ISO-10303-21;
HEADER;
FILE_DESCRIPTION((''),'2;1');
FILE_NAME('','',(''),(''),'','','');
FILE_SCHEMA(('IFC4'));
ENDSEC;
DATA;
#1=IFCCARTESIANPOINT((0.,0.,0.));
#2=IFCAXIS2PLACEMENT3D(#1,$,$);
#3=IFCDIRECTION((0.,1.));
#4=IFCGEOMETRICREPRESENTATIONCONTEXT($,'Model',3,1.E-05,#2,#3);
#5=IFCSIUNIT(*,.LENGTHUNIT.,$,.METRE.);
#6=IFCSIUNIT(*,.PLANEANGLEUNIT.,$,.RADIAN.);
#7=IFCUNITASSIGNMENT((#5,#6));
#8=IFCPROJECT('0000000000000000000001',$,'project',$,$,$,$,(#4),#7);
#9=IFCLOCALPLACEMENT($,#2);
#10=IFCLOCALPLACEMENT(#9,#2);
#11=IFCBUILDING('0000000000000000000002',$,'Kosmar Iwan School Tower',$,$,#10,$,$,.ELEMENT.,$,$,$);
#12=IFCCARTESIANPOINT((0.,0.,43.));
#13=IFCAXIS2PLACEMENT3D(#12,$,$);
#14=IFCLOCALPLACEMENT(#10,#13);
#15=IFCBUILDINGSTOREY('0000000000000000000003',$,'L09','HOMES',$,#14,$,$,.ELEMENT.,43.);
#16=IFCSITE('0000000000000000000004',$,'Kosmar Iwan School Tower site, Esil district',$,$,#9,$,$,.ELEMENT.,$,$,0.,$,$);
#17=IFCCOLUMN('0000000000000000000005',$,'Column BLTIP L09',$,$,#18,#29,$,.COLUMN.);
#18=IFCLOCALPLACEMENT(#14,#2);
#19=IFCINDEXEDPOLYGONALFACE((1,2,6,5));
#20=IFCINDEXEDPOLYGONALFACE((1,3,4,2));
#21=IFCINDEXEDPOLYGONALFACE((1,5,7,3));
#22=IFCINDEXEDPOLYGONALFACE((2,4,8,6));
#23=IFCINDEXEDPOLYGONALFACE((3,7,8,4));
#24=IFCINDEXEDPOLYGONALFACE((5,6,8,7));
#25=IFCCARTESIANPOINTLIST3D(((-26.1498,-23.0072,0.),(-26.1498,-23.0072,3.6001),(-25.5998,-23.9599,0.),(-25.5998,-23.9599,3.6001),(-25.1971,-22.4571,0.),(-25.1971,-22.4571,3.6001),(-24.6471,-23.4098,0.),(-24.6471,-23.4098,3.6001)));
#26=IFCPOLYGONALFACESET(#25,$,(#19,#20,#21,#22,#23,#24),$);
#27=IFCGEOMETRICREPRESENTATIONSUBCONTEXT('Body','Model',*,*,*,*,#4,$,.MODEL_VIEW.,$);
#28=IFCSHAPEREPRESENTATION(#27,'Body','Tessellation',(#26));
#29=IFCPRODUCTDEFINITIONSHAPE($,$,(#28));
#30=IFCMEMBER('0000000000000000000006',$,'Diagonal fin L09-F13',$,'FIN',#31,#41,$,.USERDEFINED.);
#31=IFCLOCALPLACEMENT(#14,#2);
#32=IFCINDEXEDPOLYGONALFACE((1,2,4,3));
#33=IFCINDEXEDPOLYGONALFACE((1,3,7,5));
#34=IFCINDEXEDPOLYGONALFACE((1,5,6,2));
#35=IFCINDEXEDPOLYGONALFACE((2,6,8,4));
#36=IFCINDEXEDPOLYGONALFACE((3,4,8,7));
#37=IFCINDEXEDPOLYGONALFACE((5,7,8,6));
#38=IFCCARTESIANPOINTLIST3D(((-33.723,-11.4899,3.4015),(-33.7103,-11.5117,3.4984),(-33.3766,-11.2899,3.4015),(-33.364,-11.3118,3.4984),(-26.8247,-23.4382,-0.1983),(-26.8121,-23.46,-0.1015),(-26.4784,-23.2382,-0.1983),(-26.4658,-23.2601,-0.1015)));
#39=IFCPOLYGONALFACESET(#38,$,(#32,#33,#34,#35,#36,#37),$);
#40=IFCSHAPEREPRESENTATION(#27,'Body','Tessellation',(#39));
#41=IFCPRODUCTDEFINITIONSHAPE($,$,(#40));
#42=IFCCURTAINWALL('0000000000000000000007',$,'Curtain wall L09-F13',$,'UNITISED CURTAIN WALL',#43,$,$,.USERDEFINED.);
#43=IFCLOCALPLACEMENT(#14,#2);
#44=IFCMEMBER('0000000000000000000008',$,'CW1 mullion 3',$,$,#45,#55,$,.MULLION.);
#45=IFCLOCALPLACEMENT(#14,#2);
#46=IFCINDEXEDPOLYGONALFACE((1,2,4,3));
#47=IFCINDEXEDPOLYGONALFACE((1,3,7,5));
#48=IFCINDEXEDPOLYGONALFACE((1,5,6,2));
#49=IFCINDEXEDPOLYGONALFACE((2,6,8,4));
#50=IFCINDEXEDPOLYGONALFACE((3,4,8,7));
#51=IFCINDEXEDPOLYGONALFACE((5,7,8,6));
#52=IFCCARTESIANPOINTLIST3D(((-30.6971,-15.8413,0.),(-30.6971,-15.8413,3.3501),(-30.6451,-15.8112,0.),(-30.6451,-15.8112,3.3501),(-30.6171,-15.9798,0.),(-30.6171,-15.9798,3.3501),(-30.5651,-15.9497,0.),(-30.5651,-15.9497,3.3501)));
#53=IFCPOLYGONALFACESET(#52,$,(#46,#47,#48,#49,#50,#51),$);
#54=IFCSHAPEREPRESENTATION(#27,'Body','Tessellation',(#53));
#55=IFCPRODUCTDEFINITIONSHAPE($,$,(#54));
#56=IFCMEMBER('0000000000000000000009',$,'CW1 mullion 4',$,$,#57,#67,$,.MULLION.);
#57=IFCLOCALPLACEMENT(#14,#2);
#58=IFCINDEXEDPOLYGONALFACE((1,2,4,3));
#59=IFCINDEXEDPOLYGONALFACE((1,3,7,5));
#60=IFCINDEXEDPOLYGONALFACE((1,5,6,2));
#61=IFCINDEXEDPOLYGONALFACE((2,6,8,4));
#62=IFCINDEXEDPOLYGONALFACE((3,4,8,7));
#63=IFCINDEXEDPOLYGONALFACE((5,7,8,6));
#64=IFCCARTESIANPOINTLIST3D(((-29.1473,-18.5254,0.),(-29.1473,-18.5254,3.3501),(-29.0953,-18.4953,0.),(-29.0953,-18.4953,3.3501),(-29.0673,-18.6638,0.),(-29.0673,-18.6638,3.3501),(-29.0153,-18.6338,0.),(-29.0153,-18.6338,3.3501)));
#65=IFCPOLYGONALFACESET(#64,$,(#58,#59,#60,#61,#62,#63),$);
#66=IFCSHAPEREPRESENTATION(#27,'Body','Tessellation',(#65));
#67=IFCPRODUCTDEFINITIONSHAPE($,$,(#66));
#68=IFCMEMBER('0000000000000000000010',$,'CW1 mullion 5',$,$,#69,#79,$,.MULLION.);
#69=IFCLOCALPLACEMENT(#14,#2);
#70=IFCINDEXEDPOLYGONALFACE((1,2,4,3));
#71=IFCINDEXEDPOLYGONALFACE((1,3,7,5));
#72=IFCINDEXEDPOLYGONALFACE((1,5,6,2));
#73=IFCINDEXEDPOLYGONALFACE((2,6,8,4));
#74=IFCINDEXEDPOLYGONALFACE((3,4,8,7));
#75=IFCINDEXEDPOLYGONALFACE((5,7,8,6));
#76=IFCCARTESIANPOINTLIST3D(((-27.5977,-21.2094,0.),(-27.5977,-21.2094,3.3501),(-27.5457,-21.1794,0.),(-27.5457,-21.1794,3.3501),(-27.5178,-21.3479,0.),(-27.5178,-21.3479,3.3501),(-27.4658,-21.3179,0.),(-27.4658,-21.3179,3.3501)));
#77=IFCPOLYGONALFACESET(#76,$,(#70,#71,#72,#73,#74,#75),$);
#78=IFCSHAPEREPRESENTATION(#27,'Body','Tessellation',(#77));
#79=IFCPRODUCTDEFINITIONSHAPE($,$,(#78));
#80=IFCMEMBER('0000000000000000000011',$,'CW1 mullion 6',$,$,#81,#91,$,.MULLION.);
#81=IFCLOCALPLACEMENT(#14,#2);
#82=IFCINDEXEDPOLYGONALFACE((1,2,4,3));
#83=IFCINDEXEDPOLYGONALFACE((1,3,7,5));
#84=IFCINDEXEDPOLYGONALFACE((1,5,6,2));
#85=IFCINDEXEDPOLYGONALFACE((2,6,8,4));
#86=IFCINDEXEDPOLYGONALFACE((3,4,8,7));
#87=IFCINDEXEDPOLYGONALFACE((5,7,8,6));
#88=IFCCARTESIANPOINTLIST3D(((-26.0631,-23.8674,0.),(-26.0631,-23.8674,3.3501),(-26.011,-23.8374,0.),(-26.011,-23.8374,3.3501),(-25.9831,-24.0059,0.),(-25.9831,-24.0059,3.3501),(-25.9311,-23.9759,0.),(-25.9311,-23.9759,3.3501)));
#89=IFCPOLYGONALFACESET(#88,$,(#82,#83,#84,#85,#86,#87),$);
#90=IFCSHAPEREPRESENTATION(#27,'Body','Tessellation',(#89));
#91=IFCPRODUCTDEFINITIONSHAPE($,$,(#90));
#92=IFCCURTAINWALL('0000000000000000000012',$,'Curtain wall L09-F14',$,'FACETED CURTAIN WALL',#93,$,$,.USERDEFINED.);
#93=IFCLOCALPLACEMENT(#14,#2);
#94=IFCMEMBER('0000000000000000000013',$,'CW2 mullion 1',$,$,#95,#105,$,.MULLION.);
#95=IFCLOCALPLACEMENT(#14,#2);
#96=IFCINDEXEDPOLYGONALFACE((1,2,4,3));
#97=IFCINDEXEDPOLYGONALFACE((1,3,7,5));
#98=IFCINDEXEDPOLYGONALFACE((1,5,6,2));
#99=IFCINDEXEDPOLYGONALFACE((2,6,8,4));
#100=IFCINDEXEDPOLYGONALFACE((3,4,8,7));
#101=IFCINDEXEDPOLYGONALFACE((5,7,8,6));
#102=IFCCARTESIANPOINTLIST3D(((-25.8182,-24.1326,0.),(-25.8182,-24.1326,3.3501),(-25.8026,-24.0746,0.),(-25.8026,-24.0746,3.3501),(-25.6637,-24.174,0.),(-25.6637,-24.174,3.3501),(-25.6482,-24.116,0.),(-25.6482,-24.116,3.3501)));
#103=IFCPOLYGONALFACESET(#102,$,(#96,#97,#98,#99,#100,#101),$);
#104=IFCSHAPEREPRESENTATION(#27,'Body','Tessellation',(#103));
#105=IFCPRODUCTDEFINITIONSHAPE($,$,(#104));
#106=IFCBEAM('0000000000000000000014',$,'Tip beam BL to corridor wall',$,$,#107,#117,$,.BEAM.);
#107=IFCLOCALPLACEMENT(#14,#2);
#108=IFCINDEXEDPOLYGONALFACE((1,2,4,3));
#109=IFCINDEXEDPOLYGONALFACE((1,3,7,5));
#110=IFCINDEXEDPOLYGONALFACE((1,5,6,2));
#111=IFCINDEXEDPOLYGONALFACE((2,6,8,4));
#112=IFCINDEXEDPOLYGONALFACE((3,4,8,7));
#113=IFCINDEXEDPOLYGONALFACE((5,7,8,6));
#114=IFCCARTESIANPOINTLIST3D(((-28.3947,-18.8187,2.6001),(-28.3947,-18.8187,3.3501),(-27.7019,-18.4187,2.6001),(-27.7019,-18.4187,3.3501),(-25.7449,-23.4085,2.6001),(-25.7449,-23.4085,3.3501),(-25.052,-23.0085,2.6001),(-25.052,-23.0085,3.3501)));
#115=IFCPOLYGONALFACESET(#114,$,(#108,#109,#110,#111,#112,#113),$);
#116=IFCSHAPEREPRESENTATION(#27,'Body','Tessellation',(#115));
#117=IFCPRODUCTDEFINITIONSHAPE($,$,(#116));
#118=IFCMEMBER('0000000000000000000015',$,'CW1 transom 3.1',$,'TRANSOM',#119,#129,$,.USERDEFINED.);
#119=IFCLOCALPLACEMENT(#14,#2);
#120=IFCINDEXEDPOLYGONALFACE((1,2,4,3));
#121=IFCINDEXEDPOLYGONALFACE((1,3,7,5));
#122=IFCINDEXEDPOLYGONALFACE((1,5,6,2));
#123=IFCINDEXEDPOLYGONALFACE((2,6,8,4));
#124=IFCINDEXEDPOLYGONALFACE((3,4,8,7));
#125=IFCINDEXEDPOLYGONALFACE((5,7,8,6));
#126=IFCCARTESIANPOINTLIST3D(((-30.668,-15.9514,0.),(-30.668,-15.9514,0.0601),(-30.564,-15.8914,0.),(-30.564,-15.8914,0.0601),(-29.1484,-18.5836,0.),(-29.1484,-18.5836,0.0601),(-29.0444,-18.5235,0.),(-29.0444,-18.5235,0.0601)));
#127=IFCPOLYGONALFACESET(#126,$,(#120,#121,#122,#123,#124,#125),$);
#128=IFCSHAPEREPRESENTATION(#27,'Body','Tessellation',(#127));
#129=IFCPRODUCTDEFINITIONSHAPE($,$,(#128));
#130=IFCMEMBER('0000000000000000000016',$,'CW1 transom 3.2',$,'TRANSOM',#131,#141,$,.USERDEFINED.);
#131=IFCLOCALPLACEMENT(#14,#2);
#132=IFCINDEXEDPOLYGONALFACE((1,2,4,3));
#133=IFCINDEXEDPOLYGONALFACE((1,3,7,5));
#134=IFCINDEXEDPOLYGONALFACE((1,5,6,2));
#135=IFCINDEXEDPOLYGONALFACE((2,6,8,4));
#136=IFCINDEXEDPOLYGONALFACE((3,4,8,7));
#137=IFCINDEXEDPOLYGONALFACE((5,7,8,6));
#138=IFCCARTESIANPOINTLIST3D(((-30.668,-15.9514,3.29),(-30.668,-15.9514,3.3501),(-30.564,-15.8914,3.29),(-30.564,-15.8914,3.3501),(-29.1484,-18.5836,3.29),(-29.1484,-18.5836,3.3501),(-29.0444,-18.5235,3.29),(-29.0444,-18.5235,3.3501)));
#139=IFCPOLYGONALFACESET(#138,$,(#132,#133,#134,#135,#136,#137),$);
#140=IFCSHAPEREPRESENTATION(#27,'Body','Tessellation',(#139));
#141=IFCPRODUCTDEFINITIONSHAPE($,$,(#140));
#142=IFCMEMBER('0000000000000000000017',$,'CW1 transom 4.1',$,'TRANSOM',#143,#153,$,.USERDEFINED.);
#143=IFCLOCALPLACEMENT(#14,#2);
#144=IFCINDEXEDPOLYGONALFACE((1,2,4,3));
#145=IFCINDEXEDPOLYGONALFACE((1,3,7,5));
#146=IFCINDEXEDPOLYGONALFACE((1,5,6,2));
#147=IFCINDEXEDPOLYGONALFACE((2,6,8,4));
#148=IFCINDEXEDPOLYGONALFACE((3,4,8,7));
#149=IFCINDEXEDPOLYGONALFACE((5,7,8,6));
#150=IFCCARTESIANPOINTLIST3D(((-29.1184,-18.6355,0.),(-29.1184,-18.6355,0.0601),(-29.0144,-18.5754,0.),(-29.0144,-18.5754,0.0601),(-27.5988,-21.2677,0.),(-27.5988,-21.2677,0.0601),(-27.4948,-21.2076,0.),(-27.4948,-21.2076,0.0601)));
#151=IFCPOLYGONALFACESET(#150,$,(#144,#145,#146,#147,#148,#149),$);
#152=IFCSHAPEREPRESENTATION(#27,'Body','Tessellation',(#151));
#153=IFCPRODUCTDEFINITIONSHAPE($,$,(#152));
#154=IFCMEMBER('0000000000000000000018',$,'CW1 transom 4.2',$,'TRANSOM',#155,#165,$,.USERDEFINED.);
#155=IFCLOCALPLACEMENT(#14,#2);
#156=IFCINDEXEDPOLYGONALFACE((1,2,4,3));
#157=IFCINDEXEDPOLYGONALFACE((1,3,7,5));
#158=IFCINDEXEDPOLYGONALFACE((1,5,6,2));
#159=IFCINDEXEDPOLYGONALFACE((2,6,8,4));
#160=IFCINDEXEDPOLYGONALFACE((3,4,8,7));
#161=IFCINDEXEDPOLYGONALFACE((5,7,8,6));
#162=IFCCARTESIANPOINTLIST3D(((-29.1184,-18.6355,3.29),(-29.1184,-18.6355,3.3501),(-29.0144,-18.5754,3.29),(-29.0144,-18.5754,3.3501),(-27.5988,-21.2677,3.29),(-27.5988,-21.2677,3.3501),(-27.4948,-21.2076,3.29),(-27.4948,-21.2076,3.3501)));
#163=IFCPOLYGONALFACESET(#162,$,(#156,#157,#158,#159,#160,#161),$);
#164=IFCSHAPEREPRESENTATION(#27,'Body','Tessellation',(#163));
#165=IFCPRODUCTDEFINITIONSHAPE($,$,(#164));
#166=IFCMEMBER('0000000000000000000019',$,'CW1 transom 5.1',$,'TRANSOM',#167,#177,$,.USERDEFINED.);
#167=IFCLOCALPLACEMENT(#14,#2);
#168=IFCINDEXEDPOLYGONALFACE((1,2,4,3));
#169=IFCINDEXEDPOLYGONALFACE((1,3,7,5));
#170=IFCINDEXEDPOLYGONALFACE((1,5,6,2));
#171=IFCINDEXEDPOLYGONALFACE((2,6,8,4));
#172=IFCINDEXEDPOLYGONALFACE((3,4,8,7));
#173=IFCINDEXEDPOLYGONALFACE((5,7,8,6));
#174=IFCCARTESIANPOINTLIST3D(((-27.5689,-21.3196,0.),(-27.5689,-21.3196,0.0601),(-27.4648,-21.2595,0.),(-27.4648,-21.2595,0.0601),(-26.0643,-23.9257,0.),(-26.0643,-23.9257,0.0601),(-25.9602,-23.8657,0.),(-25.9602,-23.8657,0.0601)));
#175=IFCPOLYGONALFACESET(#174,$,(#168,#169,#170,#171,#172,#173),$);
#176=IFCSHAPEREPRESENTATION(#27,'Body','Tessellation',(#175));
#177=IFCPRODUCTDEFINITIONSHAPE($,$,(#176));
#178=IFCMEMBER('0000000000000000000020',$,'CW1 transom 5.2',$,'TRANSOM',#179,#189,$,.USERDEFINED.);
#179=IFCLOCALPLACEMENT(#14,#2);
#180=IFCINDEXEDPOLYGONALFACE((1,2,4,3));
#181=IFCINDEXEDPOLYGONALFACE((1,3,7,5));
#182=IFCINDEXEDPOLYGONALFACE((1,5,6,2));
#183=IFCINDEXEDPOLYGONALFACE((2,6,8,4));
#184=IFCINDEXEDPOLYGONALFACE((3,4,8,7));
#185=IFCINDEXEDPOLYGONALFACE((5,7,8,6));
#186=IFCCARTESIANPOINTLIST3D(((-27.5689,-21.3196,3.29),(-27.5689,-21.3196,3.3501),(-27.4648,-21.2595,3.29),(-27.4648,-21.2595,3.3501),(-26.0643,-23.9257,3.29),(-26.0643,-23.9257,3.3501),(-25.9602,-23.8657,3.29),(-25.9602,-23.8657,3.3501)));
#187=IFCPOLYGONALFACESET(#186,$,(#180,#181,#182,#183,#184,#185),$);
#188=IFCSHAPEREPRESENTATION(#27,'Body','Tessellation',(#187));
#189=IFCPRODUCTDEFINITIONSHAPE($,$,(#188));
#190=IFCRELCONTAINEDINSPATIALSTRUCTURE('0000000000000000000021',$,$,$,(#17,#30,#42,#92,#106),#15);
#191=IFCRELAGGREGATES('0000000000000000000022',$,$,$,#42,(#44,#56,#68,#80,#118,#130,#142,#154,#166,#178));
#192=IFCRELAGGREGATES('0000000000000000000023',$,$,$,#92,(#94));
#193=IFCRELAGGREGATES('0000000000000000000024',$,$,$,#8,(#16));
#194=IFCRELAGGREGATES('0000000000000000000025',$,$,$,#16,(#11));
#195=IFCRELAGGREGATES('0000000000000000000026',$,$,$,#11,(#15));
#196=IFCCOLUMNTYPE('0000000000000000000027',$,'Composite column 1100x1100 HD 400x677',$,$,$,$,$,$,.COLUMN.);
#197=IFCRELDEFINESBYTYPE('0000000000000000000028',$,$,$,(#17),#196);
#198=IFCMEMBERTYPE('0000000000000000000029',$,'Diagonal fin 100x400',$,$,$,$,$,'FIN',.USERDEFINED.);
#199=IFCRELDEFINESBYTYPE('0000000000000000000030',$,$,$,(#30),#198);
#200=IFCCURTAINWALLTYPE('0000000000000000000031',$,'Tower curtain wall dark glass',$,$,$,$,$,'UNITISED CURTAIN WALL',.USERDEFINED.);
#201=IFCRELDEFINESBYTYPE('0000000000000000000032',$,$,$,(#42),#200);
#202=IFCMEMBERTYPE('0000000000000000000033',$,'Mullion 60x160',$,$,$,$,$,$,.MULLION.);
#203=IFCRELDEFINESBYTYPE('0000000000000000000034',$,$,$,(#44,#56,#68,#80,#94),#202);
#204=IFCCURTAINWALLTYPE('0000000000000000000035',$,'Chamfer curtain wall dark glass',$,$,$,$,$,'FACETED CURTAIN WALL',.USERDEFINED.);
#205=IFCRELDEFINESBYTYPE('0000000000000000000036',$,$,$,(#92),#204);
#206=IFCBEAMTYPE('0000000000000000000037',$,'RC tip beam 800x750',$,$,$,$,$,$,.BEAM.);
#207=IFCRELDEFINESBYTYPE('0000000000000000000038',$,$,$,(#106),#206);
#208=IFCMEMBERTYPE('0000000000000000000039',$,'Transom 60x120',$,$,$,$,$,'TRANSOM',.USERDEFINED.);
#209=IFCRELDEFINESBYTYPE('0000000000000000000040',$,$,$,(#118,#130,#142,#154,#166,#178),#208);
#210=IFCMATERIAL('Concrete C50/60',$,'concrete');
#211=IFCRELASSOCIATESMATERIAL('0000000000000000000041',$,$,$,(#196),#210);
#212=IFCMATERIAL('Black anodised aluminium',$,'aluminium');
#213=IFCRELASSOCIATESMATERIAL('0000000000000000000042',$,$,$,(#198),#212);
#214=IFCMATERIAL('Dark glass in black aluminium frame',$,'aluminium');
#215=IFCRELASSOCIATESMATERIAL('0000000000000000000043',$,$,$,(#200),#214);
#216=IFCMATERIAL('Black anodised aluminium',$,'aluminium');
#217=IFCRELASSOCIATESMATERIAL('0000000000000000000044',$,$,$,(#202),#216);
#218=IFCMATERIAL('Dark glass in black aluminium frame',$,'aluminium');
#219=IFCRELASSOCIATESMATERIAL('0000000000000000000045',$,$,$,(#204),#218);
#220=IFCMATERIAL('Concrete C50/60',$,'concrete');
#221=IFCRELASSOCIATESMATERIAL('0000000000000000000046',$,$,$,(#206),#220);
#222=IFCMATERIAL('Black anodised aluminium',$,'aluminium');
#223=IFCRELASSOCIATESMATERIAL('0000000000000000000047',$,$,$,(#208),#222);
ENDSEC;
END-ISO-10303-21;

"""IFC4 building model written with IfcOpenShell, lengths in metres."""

from ifc_helpers import new_model, si_unit, direction, frame, origin, origin_2d, place, context, subcontext, project, spatial, rectangle, extrude, material, material_profile, profile_set, type_object, element, aggregate, save


model = new_model("IFC4")

# Units and contexts
model_context = context("Model", 3, precision=1e-05, world=origin(), true_north=direction((0.0, 1.0)))
body_context = subcontext(model_context, "Body", "Model", "MODEL_VIEW")
ifc_project = project(units=[si_unit("LENGTHUNIT", "METRE"), si_unit("PLANEANGLEUNIT", "RADIAN")], contexts=[model_context])

# Site, building, storey
site_placement = place(None, origin())
site = spatial("IfcSite", under=ifc_project, at=site_placement, Name="Kosmar Iwan School Tower site, Esil district", CompositionType="ELEMENT", RefElevation=0.0)
building_placement = place(site_placement, origin())
building = spatial("IfcBuilding", under=site, at=building_placement, Name="Kosmar Iwan School Tower", CompositionType="ELEMENT")
storey_placement = place(building_placement, frame((0.0, 0.0, 43.0)))
storey = spatial("IfcBuildingStorey", under=building, at=storey_placement, Name="L09", Description="HOMES", CompositionType="ELEMENT", Elevation=43.0)

# Column
ifc_material_1 = material(Name="Concrete C50/60", Category="concrete")
ifc_material_profile_1 = material_profile(ifc_material_1, rectangle(XDim=1.1001, YDim=1.1001, at=origin_2d()), Name="RC 1100x1100 + HD 400x677")
ifc_profile_set_1 = profile_set([ifc_material_profile_1], Name="Concrete C50/60")
column_type = type_object("IfcColumnType", Name="Composite column 1100x1100 HD 400x677", PredefinedType="COLUMN", material=ifc_profile_set_1)
column_placement = place(storey_placement, frame((-25.3984, -23.2085, 0.0), z_axis=(0.0, 0.0, 1.0), x_axis=(-0.866025, -0.5, 0.0)))
element("IfcColumn", 1, at=column_placement, inside=storey, type_object=column_type, Name="Column BLTIP L09", PredefinedType="COLUMN", context=body_context, shape_type="SweptSolid", body=[
    extrude(rectangle(XDim=1.1001, YDim=1.1001, at=origin_2d()), origin(), (0.0, 0.0, 1.0), 3.6001),
])

# Member
ifc_material_2 = material(Name="Black anodised aluminium", Category="aluminium")
ifc_material_profile_2 = material_profile(ifc_material_2, rectangle(XDim=0.1001, YDim=0.3999, at=origin_2d()), Name="FIN 100x400")
ifc_profile_set_2 = profile_set([ifc_material_profile_2], Name="Black anodised aluminium")
member_type_1 = type_object("IfcMemberType", Name="Diagonal fin 100x400", ElementType="FIN", PredefinedType="USERDEFINED", material=ifc_profile_set_2)
member_1_placement = place(storey_placement, frame((-26.6453, -23.3491, -0.1499), z_axis=(-0.483796, 0.837974, 0.252471), x_axis=(0.126234, -0.218647, 0.967604)))
element("IfcMember", 2, at=member_1_placement, inside=storey, type_object=member_type_1, Name="Diagonal fin L09-F13", ObjectType="FIN", PredefinedType="USERDEFINED", context=body_context, shape_type="SweptSolid", body=[
    extrude(rectangle(XDim=0.1001, YDim=0.3999, at=origin_2d()), origin(), (0.0, 0.0, 1.0), 14.2585),
])

# Curtain wall, members
ifc_material_3 = material(Name="Dark glass in black aluminium frame", Category="aluminium")
curtain_wall_type_1 = type_object("IfcCurtainWallType", Name="Tower curtain wall dark glass", ElementType="UNITISED CURTAIN WALL", PredefinedType="USERDEFINED", material=ifc_material_3)
curtain_wall_1_placement = place(storey_placement, origin())
curtain_wall_1 = element("IfcCurtainWall", 3, at=curtain_wall_1_placement, inside=storey, type_object=curtain_wall_type_1, Name="Curtain wall L09-F13", ObjectType="UNITISED CURTAIN WALL", PredefinedType="USERDEFINED")
ifc_material_4 = material(Name="Black anodised aluminium", Category="aluminium")
ifc_material_profile_3 = material_profile(ifc_material_4, rectangle(XDim=0.0601, YDim=0.1599, at=origin_2d()), Name="MULLION 60x160")
ifc_profile_set_3 = profile_set([ifc_material_profile_3], Name="Black anodised aluminium")
member_type_2 = type_object("IfcMemberType", Name="Mullion 60x160", PredefinedType="MULLION", material=ifc_profile_set_3)
member_2_placement = place(storey_placement, frame((-30.6311, -15.8955, 0.0), z_axis=(0.0, 0.0, 1.0), x_axis=(0.866025, 0.5, 0.0)))
member_2 = element("IfcMember", 4, at=member_2_placement, type_object=member_type_2, Name="CW1 mullion 3", PredefinedType="MULLION", context=body_context, shape_type="SweptSolid", body=[
    extrude(rectangle(XDim=0.0601, YDim=0.1599, at=origin_2d()), origin(), (0.0, 0.0, 1.0), 3.3501),
])
member_3_placement = place(storey_placement, frame((-29.0813, -18.5796, 0.0), z_axis=(0.0, 0.0, 1.0), x_axis=(0.866025, 0.5, 0.0)))
member_3 = element("IfcMember", 5, at=member_3_placement, type_object=member_type_2, Name="CW1 mullion 4", PredefinedType="MULLION", context=body_context, shape_type="SweptSolid", body=[
    extrude(rectangle(XDim=0.0601, YDim=0.1599, at=origin_2d()), origin(), (0.0, 0.0, 1.0), 3.3501),
])
member_4_placement = place(storey_placement, frame((-27.5317, -21.2637, 0.0), z_axis=(0.0, 0.0, 1.0), x_axis=(0.866025, 0.5, 0.0)))
member_4 = element("IfcMember", 6, at=member_4_placement, type_object=member_type_2, Name="CW1 mullion 5", PredefinedType="MULLION", context=body_context, shape_type="SweptSolid", body=[
    extrude(rectangle(XDim=0.0601, YDim=0.1599, at=origin_2d()), origin(), (0.0, 0.0, 1.0), 3.3501),
])
member_5_placement = place(storey_placement, frame((-25.9971, -23.9216, 0.0), z_axis=(0.0, 0.0, 1.0), x_axis=(0.866025, 0.5, 0.0)))
member_5 = element("IfcMember", 7, at=member_5_placement, type_object=member_type_2, Name="CW1 mullion 6", PredefinedType="MULLION", context=body_context, shape_type="SweptSolid", body=[
    extrude(rectangle(XDim=0.0601, YDim=0.1599, at=origin_2d()), origin(), (0.0, 0.0, 1.0), 3.3501),
])

# Curtain wall, member
ifc_material_5 = material(Name="Dark glass in black aluminium frame", Category="aluminium")
curtain_wall_type_2 = type_object("IfcCurtainWallType", Name="Chamfer curtain wall dark glass", ElementType="FACETED CURTAIN WALL", PredefinedType="USERDEFINED", material=ifc_material_5)
curtain_wall_2_placement = place(storey_placement, origin())
curtain_wall_2 = element("IfcCurtainWall", 8, at=curtain_wall_2_placement, inside=storey, type_object=curtain_wall_type_2, Name="Curtain wall L09-F14", ObjectType="FACETED CURTAIN WALL", PredefinedType="USERDEFINED")
member_6_placement = place(storey_placement, frame((-25.7332, -24.1243, 0.0), z_axis=(0.0, 0.0, 1.0), x_axis=(0.258819, 0.965926, 0.0)))
member_6 = element("IfcMember", 9, at=member_6_placement, type_object=member_type_2, Name="CW2 mullion 1", PredefinedType="MULLION", context=body_context, shape_type="SweptSolid", body=[
    extrude(rectangle(XDim=0.0601, YDim=0.1599, at=origin_2d()), origin(), (0.0, 0.0, 1.0), 3.3501),
])

# Beam
ifc_material_6 = material(Name="Concrete C50/60", Category="concrete")
ifc_material_profile_4 = material_profile(ifc_material_6, rectangle(XDim=0.8, YDim=0.75, at=origin_2d()), Name="RC 800x750")
ifc_profile_set_4 = profile_set([ifc_material_profile_4], Name="Concrete C50/60")
beam_type = type_object("IfcBeamType", Name="RC tip beam 800x750", PredefinedType="BEAM", material=ifc_profile_set_4)
beam_placement = place(storey_placement, frame((-25.3984, -23.2085, 2.9751), z_axis=(-0.499994, 0.866029, 0.0), x_axis=(-0.866029, -0.499994, 0.0)))
element("IfcBeam", 10, at=beam_placement, inside=storey, type_object=beam_type, Name="Tip beam BL to corridor wall", PredefinedType="BEAM", context=body_context, shape_type="SweptSolid", body=[
    extrude(rectangle(XDim=0.8, YDim=0.75, at=origin_2d()), origin(), (0.0, 0.0, 1.0), 5.2998),
])

# Members
ifc_material_7 = material(Name="Black anodised aluminium", Category="aluminium")
ifc_material_profile_5 = material_profile(ifc_material_7, rectangle(XDim=0.1201, YDim=0.0601, at=origin_2d()), Name="TRANSOM 60x120")
ifc_profile_set_5 = profile_set([ifc_material_profile_5], Name="Black anodised aluminium")
member_type_3 = type_object("IfcMemberType", Name="Transom 60x120", ElementType="TRANSOM", PredefinedType="USERDEFINED", material=ifc_profile_set_5)
member_7_placement = place(storey_placement, frame((-30.616, -15.9214, 0.03), z_axis=(0.499975, -0.86604, 0.0), x_axis=(0.86604, 0.499975, 0.0)))
member_7 = element("IfcMember", 11, at=member_7_placement, type_object=member_type_3, Name="CW1 transom 3.1", ObjectType="TRANSOM", PredefinedType="USERDEFINED", context=body_context, shape_type="SweptSolid", body=[
    extrude(rectangle(XDim=0.1201, YDim=0.0601, at=origin_2d()), origin(), (0.0, 0.0, 1.0), 3.0393),
])
member_8_placement = place(storey_placement, frame((-30.616, -15.9214, 3.3201), z_axis=(0.499975, -0.86604, 0.0), x_axis=(0.86604, 0.499975, 0.0)))
member_8 = element("IfcMember", 12, at=member_8_placement, type_object=member_type_3, Name="CW1 transom 3.2", ObjectType="TRANSOM", PredefinedType="USERDEFINED", context=body_context, shape_type="SweptSolid", body=[
    extrude(rectangle(XDim=0.1201, YDim=0.0601, at=origin_2d()), origin(), (0.0, 0.0, 1.0), 3.0393),
])
member_9_placement = place(storey_placement, frame((-29.0664, -18.6055, 0.03), z_axis=(0.499975, -0.86604, 0.0), x_axis=(0.86604, 0.499975, 0.0)))
member_9 = element("IfcMember", 13, at=member_9_placement, type_object=member_type_3, Name="CW1 transom 4.1", ObjectType="TRANSOM", PredefinedType="USERDEFINED", context=body_context, shape_type="SweptSolid", body=[
    extrude(rectangle(XDim=0.1201, YDim=0.0601, at=origin_2d()), origin(), (0.0, 0.0, 1.0), 3.0393),
])
member_10_placement = place(storey_placement, frame((-29.0664, -18.6055, 3.3201), z_axis=(0.499975, -0.86604, 0.0), x_axis=(0.86604, 0.499975, 0.0)))
member_10 = element("IfcMember", 14, at=member_10_placement, type_object=member_type_3, Name="CW1 transom 4.2", ObjectType="TRANSOM", PredefinedType="USERDEFINED", context=body_context, shape_type="SweptSolid", body=[
    extrude(rectangle(XDim=0.1201, YDim=0.0601, at=origin_2d()), origin(), (0.0, 0.0, 1.0), 3.0393),
])
member_11_placement = place(storey_placement, frame((-27.5168, -21.2896, 0.03), z_axis=(0.499987, -0.866033, 0.0), x_axis=(0.866033, 0.499987, 0.0)))
member_11 = element("IfcMember", 15, at=member_11_placement, type_object=member_type_3, Name="CW1 transom 5.1", ObjectType="TRANSOM", PredefinedType="USERDEFINED", context=body_context, shape_type="SweptSolid", body=[
    extrude(rectangle(XDim=0.1201, YDim=0.0601, at=origin_2d()), origin(), (0.0, 0.0, 1.0), 3.0093),
])
member_12_placement = place(storey_placement, frame((-27.5168, -21.2896, 3.3201), z_axis=(0.499987, -0.866033, 0.0), x_axis=(0.866033, 0.499987, 0.0)))
member_12 = element("IfcMember", 16, at=member_12_placement, type_object=member_type_3, Name="CW1 transom 5.2", ObjectType="TRANSOM", PredefinedType="USERDEFINED", context=body_context, shape_type="SweptSolid", body=[
    extrude(rectangle(XDim=0.1201, YDim=0.0601, at=origin_2d()), origin(), (0.0, 0.0, 1.0), 3.0093),
])

aggregate(curtain_wall_1, [member_2, member_3, member_4, member_5, member_7, member_8, member_9, member_10, member_11, member_12])
aggregate(curtain_wall_2, [member_6])

save(model, "model.ifc")
